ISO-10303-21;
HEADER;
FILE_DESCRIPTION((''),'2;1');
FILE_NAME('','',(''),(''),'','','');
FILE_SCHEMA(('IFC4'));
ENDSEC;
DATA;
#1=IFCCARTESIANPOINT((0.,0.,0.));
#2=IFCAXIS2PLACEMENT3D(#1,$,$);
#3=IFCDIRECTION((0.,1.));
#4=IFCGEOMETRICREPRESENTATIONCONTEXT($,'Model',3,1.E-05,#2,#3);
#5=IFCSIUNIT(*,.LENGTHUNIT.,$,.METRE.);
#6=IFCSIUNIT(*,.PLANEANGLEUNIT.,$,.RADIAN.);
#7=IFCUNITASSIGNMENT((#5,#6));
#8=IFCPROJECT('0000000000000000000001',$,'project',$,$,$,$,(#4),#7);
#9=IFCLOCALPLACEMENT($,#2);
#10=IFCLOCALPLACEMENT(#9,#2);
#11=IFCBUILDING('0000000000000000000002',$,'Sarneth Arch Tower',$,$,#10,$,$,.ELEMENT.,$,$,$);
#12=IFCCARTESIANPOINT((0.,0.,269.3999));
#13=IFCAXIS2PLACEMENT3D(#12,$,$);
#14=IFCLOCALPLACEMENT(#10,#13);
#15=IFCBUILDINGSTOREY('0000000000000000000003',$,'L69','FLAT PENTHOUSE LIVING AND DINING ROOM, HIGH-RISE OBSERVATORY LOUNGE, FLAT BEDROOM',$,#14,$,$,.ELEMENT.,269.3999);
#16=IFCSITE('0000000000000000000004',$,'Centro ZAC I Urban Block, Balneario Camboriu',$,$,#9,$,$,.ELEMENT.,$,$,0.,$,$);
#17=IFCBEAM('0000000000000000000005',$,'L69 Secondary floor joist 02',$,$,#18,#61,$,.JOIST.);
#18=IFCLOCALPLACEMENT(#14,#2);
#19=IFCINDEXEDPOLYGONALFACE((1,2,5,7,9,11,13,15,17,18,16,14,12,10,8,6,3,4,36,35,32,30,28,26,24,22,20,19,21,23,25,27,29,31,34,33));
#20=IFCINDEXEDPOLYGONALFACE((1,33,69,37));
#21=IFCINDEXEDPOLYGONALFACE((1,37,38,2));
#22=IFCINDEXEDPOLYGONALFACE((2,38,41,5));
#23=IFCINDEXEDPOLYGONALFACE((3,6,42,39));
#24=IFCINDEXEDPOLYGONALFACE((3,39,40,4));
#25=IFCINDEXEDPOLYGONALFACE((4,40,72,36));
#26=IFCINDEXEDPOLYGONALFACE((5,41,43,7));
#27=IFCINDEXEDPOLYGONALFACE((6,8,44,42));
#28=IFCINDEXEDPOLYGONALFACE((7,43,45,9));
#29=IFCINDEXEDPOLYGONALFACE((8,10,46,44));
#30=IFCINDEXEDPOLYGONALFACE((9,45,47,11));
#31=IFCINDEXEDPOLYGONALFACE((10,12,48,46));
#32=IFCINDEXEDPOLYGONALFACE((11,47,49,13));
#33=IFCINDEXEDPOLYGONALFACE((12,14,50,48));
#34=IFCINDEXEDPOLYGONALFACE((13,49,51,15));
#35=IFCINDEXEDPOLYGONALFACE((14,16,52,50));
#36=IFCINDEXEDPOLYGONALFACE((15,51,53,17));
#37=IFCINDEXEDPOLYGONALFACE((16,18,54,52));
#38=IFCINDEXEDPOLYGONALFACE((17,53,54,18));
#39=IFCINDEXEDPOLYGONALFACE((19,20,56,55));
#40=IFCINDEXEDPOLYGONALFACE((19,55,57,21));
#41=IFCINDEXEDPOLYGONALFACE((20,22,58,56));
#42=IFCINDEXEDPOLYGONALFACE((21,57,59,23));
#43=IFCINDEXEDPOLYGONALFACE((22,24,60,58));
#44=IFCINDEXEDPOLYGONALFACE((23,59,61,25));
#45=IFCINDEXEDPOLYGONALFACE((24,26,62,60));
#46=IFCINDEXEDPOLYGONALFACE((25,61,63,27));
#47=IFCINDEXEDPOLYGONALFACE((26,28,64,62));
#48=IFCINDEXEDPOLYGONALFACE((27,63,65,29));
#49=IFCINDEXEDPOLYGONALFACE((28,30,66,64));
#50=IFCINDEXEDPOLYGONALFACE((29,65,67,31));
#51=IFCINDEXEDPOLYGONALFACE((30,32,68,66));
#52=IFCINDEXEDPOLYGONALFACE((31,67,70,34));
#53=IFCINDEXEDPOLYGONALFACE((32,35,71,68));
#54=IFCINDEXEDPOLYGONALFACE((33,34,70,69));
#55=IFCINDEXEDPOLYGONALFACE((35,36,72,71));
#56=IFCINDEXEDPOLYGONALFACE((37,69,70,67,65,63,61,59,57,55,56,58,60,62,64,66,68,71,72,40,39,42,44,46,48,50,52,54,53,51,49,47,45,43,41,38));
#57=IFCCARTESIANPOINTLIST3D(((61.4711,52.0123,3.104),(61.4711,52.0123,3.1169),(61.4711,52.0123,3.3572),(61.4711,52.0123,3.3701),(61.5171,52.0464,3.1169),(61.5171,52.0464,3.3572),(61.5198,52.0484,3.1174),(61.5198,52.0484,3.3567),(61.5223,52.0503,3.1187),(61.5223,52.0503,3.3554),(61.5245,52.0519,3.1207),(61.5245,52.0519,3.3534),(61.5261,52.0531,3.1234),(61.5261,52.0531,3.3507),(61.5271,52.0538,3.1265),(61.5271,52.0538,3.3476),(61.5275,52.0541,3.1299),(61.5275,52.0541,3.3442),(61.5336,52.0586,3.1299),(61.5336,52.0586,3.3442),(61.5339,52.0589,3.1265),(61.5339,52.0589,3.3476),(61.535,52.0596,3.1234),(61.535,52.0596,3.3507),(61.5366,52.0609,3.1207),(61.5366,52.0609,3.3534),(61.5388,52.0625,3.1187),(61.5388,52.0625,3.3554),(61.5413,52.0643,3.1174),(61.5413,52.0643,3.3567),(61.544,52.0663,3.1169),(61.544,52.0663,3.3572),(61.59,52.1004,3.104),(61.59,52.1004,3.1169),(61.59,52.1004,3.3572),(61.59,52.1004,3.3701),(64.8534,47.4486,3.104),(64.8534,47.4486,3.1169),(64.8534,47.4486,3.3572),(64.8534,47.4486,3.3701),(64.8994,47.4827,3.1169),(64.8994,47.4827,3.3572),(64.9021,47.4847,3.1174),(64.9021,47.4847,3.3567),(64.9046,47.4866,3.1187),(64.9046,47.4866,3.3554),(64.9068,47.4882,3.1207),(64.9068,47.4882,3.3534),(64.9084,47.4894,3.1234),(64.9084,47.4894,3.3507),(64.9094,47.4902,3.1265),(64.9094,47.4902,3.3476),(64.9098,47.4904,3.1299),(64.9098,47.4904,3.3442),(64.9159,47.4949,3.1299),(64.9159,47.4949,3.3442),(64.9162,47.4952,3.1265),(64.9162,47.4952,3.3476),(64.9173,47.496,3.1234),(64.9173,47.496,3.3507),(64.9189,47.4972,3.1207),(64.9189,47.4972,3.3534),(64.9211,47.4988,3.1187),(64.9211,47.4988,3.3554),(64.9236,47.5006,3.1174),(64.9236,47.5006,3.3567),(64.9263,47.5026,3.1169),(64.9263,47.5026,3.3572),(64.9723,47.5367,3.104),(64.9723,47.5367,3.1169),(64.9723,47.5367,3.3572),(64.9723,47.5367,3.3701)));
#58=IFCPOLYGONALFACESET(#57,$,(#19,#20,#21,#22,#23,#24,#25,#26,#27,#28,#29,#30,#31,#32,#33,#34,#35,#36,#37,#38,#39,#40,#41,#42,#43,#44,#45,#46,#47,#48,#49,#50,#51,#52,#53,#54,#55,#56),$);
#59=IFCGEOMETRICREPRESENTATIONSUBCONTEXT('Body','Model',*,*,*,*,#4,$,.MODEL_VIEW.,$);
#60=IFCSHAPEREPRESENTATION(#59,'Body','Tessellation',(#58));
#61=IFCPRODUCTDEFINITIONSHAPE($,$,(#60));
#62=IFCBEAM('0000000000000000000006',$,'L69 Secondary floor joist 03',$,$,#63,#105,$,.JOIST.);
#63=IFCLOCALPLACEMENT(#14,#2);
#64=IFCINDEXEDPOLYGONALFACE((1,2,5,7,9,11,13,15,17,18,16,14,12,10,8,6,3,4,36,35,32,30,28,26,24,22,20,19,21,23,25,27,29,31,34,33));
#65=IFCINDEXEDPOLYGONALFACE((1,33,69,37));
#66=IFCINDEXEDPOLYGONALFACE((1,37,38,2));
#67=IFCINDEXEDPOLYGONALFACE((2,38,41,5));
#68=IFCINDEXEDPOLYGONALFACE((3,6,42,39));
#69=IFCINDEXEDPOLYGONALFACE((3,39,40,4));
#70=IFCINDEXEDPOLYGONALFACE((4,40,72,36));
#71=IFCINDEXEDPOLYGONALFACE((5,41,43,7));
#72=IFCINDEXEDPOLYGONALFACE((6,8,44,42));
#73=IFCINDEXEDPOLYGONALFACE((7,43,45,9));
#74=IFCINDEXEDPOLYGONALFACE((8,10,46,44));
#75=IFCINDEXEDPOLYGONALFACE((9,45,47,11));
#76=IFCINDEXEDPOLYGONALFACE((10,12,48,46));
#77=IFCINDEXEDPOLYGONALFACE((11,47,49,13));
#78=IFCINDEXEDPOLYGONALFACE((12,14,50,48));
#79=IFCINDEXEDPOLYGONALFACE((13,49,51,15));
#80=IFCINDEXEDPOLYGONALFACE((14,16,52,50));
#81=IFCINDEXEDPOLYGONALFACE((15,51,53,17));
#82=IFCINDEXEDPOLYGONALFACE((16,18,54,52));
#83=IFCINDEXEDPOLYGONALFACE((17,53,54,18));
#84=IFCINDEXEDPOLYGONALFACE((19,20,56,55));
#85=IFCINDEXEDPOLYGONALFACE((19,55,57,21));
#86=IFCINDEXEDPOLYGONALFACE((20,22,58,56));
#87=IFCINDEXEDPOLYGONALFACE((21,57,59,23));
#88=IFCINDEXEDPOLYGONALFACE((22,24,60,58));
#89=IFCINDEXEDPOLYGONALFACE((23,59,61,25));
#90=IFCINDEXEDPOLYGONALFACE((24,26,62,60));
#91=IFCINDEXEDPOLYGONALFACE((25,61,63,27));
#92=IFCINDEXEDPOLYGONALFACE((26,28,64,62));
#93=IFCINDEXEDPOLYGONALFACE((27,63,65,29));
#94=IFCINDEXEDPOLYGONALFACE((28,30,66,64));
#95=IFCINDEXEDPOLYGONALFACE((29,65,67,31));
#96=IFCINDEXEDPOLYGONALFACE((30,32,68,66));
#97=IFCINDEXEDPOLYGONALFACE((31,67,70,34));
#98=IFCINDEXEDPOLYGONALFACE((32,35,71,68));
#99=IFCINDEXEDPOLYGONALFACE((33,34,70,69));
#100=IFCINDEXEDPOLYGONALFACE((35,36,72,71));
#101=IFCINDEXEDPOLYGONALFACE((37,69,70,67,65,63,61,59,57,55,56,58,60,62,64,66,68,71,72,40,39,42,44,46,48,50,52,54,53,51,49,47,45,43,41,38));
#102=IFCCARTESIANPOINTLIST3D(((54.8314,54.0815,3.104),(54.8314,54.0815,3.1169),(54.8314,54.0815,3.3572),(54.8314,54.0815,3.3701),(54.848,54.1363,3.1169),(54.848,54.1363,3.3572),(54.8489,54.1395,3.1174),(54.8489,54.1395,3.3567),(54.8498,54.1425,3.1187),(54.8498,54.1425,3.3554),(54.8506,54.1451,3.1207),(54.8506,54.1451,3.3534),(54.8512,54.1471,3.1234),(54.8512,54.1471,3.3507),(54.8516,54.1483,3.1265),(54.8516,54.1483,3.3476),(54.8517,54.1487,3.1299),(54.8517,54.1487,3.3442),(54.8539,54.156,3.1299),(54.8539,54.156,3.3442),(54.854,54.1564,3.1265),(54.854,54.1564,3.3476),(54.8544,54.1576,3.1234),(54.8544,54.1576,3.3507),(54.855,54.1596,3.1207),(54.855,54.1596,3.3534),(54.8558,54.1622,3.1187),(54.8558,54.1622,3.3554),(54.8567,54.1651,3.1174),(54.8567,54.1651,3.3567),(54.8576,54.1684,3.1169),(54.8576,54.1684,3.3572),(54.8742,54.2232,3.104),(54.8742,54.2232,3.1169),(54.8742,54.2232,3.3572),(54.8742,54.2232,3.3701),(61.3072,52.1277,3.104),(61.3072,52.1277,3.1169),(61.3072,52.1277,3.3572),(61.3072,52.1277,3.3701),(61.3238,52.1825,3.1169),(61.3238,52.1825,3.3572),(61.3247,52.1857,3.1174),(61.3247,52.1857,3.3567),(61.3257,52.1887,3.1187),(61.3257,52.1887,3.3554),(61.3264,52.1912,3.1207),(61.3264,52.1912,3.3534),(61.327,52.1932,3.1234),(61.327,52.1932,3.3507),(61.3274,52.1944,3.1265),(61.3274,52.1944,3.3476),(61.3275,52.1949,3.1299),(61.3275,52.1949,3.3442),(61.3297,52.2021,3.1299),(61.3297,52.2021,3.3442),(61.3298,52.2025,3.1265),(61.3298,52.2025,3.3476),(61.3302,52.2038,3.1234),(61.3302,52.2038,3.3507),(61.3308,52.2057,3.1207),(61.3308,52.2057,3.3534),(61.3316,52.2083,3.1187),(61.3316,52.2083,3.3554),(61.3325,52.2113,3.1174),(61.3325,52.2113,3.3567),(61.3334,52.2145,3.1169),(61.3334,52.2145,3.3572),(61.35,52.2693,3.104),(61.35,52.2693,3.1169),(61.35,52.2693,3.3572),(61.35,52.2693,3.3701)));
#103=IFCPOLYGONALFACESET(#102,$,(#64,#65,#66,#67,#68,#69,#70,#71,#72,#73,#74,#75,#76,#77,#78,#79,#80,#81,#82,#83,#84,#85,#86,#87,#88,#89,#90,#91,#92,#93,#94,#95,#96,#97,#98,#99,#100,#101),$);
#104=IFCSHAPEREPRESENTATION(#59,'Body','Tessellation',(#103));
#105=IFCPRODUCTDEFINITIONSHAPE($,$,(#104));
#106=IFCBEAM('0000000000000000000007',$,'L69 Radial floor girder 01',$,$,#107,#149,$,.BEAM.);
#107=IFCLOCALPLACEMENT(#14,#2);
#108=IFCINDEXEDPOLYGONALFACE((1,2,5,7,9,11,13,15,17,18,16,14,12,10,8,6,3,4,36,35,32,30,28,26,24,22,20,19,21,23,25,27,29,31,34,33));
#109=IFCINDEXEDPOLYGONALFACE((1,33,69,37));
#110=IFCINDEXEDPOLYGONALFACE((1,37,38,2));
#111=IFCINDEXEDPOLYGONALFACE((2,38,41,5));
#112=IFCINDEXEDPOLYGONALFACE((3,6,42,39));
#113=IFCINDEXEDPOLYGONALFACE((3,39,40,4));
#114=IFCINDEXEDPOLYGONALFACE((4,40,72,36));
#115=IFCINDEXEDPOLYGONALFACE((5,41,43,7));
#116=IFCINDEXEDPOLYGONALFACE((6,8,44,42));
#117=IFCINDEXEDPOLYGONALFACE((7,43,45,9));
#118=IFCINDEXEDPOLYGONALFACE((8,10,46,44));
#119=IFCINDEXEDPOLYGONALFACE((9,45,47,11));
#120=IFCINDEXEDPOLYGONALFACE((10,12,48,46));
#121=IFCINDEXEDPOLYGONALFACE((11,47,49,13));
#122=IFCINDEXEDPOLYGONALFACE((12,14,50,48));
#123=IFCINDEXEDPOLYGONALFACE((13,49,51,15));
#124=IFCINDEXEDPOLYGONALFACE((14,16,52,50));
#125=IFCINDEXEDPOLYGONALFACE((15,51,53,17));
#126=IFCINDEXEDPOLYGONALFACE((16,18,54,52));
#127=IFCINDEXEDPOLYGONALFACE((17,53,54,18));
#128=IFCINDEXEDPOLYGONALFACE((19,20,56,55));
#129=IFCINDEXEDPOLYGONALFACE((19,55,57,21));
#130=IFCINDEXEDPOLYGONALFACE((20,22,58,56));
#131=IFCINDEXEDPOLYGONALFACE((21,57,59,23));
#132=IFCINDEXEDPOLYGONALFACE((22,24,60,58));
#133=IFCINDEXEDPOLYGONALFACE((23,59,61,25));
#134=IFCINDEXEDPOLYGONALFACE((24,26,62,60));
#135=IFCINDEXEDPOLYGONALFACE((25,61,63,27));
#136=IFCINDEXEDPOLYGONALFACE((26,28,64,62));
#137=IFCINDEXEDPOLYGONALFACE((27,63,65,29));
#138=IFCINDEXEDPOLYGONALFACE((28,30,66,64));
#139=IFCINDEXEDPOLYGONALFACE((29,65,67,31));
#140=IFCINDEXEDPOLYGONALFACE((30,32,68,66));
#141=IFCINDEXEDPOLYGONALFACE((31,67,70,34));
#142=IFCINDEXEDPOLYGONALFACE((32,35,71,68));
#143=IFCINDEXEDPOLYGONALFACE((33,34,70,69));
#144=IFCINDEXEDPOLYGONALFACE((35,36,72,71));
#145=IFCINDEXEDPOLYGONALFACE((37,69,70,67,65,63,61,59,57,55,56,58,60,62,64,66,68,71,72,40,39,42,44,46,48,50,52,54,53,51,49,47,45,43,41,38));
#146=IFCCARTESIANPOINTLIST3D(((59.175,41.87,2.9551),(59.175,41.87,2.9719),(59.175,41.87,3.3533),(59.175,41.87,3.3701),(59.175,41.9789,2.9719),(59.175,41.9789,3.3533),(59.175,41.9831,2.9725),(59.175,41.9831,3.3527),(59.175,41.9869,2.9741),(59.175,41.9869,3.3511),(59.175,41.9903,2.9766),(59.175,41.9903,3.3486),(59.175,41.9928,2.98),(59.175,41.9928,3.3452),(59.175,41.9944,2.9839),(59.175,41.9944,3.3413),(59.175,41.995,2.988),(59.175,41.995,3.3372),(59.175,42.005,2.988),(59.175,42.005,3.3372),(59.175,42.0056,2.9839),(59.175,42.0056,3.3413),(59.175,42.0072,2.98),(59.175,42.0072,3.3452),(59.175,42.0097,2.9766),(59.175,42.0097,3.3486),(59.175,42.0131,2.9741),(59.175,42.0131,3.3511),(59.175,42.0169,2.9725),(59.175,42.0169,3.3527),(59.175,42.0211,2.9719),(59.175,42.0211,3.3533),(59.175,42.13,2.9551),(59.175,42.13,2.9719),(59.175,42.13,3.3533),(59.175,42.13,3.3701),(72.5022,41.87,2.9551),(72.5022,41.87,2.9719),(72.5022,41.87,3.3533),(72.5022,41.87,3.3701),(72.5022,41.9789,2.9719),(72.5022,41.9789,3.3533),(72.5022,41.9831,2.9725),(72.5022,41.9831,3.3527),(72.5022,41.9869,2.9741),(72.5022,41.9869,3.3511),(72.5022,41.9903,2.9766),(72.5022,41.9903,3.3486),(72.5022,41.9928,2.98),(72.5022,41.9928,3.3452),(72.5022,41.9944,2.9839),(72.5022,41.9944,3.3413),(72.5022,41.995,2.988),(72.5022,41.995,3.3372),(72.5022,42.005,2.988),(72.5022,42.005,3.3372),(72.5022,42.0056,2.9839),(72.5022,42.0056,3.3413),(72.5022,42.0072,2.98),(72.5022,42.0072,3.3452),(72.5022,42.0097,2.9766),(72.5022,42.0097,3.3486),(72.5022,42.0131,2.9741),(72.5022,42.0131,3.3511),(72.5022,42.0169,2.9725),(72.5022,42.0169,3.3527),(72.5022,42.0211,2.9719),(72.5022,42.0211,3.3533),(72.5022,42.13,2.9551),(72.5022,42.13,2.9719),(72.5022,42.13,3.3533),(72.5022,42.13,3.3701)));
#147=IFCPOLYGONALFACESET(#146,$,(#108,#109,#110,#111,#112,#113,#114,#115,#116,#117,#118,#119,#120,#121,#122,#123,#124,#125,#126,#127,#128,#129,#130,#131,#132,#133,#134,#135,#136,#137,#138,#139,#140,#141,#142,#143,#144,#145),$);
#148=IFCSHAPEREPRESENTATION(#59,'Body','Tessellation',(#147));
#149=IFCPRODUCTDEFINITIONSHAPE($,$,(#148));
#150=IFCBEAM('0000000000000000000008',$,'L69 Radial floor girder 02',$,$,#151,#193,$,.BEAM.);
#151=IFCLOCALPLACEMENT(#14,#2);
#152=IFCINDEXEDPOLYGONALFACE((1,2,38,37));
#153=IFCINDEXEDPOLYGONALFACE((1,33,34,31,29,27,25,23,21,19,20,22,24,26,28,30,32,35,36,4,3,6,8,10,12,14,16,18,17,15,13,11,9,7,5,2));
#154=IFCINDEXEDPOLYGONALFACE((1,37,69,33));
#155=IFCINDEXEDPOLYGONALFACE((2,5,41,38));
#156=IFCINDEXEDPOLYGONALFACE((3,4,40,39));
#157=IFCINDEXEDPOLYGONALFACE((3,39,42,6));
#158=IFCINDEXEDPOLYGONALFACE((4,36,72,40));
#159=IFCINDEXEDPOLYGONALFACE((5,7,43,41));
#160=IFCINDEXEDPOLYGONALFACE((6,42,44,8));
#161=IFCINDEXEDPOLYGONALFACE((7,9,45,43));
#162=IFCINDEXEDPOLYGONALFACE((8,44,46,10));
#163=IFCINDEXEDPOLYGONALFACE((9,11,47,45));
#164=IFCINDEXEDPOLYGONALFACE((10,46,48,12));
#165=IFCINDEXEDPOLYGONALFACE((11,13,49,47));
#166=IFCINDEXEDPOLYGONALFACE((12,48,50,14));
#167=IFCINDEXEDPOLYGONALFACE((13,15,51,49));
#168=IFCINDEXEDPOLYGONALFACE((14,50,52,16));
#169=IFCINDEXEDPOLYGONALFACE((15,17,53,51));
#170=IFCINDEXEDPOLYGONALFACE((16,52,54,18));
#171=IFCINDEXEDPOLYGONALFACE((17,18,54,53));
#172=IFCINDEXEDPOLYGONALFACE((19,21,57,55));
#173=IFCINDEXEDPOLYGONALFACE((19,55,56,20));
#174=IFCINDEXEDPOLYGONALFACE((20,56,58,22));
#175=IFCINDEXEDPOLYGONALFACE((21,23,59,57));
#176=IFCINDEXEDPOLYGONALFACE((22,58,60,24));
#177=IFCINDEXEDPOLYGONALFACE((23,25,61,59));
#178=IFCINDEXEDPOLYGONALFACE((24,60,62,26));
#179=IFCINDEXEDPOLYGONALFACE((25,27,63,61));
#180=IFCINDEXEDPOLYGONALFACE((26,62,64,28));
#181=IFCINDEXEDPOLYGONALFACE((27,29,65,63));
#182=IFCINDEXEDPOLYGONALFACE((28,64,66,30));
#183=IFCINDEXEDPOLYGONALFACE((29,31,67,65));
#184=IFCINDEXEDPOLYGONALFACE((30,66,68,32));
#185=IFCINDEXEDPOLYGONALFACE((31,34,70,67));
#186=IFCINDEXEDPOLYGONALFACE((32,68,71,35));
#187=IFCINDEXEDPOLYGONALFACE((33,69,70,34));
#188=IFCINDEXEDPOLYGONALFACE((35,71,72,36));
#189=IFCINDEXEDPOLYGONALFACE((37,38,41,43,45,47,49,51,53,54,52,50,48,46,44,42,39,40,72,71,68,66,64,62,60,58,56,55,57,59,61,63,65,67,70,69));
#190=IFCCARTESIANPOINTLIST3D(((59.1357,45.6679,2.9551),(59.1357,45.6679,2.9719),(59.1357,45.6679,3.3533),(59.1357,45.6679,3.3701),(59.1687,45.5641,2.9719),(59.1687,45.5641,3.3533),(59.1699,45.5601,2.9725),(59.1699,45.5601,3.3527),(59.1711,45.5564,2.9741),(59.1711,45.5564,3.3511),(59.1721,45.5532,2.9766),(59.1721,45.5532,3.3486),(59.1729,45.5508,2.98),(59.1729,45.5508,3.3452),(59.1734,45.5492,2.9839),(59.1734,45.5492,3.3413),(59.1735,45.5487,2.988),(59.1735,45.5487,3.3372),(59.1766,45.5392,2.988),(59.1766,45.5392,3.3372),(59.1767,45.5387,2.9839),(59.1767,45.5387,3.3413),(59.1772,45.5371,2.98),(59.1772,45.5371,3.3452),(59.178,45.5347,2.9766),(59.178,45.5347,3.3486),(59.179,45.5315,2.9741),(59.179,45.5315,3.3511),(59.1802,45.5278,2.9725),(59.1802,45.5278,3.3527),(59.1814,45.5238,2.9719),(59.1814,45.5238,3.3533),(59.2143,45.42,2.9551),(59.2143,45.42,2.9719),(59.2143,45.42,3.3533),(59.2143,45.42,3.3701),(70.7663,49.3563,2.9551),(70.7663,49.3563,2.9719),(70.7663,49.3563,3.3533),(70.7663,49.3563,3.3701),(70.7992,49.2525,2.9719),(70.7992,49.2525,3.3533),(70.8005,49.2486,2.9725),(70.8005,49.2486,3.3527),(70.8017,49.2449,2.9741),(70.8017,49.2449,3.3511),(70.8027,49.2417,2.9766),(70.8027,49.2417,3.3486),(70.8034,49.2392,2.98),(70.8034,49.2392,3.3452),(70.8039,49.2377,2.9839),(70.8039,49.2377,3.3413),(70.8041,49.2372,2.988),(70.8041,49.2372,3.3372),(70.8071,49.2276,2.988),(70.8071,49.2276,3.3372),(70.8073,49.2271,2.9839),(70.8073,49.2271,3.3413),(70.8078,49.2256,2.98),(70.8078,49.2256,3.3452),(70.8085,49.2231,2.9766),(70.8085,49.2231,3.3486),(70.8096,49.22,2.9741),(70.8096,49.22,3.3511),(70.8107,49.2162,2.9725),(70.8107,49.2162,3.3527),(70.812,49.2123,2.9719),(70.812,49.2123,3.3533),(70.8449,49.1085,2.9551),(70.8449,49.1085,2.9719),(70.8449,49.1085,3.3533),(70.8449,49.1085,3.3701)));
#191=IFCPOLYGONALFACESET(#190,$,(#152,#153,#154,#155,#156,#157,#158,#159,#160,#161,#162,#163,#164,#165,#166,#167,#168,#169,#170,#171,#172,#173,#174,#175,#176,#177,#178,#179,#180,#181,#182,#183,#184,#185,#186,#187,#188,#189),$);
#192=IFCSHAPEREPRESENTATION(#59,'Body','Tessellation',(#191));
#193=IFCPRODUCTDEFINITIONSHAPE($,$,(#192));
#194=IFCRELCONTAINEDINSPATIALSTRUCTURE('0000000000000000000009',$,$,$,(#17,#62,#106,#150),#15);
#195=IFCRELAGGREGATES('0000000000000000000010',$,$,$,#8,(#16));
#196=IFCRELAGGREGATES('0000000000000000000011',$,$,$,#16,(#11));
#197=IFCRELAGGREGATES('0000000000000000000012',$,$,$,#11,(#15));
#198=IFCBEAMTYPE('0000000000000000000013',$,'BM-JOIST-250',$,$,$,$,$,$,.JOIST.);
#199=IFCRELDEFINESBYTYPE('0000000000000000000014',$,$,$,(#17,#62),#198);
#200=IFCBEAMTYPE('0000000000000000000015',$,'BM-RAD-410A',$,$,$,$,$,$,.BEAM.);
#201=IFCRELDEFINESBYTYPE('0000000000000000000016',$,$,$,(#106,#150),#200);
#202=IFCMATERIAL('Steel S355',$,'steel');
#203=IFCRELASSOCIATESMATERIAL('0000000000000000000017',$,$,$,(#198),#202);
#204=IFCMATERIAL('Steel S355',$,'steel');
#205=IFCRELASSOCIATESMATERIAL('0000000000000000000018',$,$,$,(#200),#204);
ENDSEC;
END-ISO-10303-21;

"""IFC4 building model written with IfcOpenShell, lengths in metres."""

from ifc_helpers import new_model, si_unit, direction, frame, origin, origin_2d, place, context, subcontext, project, spatial, i_section, extrude, material, material_profile, profile_set, type_object, element, save


model = new_model("IFC4")

# Units and contexts
model_context = context("Model", 3, precision=1e-05, world=origin(), true_north=direction((0.0, 1.0)))
body_context = subcontext(model_context, "Body", "Model", "MODEL_VIEW")
ifc_project = project(units=[si_unit("LENGTHUNIT", "METRE"), si_unit("PLANEANGLEUNIT", "RADIAN")], contexts=[model_context])

# Site, building, storey
site_placement = place(None, origin())
site = spatial("IfcSite", under=ifc_project, at=site_placement, Name="Centro ZAC I Urban Block, Balneario Camboriu", CompositionType="ELEMENT", RefElevation=0.0)
building_placement = place(site_placement, origin())
building = spatial("IfcBuilding", under=site, at=building_placement, Name="Sarneth Arch Tower", CompositionType="ELEMENT")
storey_placement = place(building_placement, frame((0.0, 0.0, 269.3999)))
storey = spatial("IfcBuildingStorey", under=building, at=storey_placement, Name="L69", Description="FLAT PENTHOUSE LIVING AND DINING ROOM, HIGH-RISE OBSERVATORY LOUNGE, FLAT BEDROOM", CompositionType="ELEMENT", Elevation=269.3999)

# Beams
ifc_material_1 = material(Name="Steel S355", Category="steel")
ifc_material_profile_1 = material_profile(ifc_material_1, i_section(OverallWidth=0.1479, OverallDepth=0.2661, WebThickness=0.0076, FlangeThickness=0.0129, FilletRadius=0.0129, at=origin_2d()), Name="W250x44.8")
ifc_profile_set_1 = profile_set([ifc_material_profile_1], Name="Steel S355")
beam_type_1 = type_object("IfcBeamType", Name="BM-JOIST-250", PredefinedType="JOIST", material=ifc_profile_set_1)
beam_1_placement = place(storey_placement, frame((64.9128, 47.4927, 3.2371), z_axis=(-0.595431, 0.803406, 0.0), x_axis=(-0.803406, -0.595431, 0.0)))
element("IfcBeam", 1, at=beam_1_placement, inside=storey, type_object=beam_type_1, Name="L69 Secondary floor joist 02", PredefinedType="JOIST", context=body_context, shape_type="SweptSolid", body=[
    extrude(i_section(OverallWidth=0.1479, OverallDepth=0.2661, WebThickness=0.0076, FlangeThickness=0.0129, FilletRadius=0.0129, at=origin_2d()), origin(), (0.0, 0.0, 1.0), 5.6804),
])
beam_2_placement = place(storey_placement, frame((61.3286, 52.1985, 3.2371), z_axis=(-0.957373, 0.288854, 0.0), x_axis=(-0.288854, -0.957373, 0.0)))
element("IfcBeam", 2, at=beam_2_placement, inside=storey, type_object=beam_type_1, Name="L69 Secondary floor joist 03", PredefinedType="JOIST", context=body_context, shape_type="SweptSolid", body=[
    extrude(i_section(OverallWidth=0.1479, OverallDepth=0.2661, WebThickness=0.0076, FlangeThickness=0.0129, FilletRadius=0.0129, at=origin_2d()), origin(), (0.0, 0.0, 1.0), 6.7642),
])
ifc_material_2 = material(Name="Steel S355", Category="steel")
ifc_material_profile_2 = material_profile(ifc_material_2, i_section(OverallWidth=0.26, OverallDepth=0.415, WebThickness=0.01, FlangeThickness=0.0168, FilletRadius=0.0161, at=origin_2d()), Name="W410x100")
ifc_profile_set_2 = profile_set([ifc_material_profile_2], Name="Steel S355")
beam_type_2 = type_object("IfcBeamType", Name="BM-RAD-410A", PredefinedType="BEAM", material=ifc_profile_set_2)
beam_3_placement = place(storey_placement, frame((59.175, 42.0, 3.1626), z_axis=(1.0, 0.0, 0.0), x_axis=(0.0, 1.0, 0.0)))
element("IfcBeam", 3, at=beam_3_placement, inside=storey, type_object=beam_type_2, Name="L69 Radial floor girder 01", PredefinedType="BEAM", context=body_context, shape_type="SweptSolid", body=[
    extrude(i_section(OverallWidth=0.26, OverallDepth=0.415, WebThickness=0.01, FlangeThickness=0.0168, FilletRadius=0.0161, at=origin_2d()), origin(), (0.0, 0.0, 1.0), 13.3271),
])
beam_4_placement = place(storey_placement, frame((59.175, 45.5439, 3.1626), z_axis=(0.953214, 0.302298, 0.0), x_axis=(-0.302298, 0.953214, 0.0)))
element("IfcBeam", 4, at=beam_4_placement, inside=storey, type_object=beam_type_2, Name="L69 Radial floor girder 02", PredefinedType="BEAM", context=body_context, shape_type="SweptSolid", body=[
    extrude(i_section(OverallWidth=0.26, OverallDepth=0.415, WebThickness=0.01, FlangeThickness=0.0168, FilletRadius=0.0161, at=origin_2d()), origin(), (0.0, 0.0, 1.0), 12.2014),
])

save(model, "model.ifc")
